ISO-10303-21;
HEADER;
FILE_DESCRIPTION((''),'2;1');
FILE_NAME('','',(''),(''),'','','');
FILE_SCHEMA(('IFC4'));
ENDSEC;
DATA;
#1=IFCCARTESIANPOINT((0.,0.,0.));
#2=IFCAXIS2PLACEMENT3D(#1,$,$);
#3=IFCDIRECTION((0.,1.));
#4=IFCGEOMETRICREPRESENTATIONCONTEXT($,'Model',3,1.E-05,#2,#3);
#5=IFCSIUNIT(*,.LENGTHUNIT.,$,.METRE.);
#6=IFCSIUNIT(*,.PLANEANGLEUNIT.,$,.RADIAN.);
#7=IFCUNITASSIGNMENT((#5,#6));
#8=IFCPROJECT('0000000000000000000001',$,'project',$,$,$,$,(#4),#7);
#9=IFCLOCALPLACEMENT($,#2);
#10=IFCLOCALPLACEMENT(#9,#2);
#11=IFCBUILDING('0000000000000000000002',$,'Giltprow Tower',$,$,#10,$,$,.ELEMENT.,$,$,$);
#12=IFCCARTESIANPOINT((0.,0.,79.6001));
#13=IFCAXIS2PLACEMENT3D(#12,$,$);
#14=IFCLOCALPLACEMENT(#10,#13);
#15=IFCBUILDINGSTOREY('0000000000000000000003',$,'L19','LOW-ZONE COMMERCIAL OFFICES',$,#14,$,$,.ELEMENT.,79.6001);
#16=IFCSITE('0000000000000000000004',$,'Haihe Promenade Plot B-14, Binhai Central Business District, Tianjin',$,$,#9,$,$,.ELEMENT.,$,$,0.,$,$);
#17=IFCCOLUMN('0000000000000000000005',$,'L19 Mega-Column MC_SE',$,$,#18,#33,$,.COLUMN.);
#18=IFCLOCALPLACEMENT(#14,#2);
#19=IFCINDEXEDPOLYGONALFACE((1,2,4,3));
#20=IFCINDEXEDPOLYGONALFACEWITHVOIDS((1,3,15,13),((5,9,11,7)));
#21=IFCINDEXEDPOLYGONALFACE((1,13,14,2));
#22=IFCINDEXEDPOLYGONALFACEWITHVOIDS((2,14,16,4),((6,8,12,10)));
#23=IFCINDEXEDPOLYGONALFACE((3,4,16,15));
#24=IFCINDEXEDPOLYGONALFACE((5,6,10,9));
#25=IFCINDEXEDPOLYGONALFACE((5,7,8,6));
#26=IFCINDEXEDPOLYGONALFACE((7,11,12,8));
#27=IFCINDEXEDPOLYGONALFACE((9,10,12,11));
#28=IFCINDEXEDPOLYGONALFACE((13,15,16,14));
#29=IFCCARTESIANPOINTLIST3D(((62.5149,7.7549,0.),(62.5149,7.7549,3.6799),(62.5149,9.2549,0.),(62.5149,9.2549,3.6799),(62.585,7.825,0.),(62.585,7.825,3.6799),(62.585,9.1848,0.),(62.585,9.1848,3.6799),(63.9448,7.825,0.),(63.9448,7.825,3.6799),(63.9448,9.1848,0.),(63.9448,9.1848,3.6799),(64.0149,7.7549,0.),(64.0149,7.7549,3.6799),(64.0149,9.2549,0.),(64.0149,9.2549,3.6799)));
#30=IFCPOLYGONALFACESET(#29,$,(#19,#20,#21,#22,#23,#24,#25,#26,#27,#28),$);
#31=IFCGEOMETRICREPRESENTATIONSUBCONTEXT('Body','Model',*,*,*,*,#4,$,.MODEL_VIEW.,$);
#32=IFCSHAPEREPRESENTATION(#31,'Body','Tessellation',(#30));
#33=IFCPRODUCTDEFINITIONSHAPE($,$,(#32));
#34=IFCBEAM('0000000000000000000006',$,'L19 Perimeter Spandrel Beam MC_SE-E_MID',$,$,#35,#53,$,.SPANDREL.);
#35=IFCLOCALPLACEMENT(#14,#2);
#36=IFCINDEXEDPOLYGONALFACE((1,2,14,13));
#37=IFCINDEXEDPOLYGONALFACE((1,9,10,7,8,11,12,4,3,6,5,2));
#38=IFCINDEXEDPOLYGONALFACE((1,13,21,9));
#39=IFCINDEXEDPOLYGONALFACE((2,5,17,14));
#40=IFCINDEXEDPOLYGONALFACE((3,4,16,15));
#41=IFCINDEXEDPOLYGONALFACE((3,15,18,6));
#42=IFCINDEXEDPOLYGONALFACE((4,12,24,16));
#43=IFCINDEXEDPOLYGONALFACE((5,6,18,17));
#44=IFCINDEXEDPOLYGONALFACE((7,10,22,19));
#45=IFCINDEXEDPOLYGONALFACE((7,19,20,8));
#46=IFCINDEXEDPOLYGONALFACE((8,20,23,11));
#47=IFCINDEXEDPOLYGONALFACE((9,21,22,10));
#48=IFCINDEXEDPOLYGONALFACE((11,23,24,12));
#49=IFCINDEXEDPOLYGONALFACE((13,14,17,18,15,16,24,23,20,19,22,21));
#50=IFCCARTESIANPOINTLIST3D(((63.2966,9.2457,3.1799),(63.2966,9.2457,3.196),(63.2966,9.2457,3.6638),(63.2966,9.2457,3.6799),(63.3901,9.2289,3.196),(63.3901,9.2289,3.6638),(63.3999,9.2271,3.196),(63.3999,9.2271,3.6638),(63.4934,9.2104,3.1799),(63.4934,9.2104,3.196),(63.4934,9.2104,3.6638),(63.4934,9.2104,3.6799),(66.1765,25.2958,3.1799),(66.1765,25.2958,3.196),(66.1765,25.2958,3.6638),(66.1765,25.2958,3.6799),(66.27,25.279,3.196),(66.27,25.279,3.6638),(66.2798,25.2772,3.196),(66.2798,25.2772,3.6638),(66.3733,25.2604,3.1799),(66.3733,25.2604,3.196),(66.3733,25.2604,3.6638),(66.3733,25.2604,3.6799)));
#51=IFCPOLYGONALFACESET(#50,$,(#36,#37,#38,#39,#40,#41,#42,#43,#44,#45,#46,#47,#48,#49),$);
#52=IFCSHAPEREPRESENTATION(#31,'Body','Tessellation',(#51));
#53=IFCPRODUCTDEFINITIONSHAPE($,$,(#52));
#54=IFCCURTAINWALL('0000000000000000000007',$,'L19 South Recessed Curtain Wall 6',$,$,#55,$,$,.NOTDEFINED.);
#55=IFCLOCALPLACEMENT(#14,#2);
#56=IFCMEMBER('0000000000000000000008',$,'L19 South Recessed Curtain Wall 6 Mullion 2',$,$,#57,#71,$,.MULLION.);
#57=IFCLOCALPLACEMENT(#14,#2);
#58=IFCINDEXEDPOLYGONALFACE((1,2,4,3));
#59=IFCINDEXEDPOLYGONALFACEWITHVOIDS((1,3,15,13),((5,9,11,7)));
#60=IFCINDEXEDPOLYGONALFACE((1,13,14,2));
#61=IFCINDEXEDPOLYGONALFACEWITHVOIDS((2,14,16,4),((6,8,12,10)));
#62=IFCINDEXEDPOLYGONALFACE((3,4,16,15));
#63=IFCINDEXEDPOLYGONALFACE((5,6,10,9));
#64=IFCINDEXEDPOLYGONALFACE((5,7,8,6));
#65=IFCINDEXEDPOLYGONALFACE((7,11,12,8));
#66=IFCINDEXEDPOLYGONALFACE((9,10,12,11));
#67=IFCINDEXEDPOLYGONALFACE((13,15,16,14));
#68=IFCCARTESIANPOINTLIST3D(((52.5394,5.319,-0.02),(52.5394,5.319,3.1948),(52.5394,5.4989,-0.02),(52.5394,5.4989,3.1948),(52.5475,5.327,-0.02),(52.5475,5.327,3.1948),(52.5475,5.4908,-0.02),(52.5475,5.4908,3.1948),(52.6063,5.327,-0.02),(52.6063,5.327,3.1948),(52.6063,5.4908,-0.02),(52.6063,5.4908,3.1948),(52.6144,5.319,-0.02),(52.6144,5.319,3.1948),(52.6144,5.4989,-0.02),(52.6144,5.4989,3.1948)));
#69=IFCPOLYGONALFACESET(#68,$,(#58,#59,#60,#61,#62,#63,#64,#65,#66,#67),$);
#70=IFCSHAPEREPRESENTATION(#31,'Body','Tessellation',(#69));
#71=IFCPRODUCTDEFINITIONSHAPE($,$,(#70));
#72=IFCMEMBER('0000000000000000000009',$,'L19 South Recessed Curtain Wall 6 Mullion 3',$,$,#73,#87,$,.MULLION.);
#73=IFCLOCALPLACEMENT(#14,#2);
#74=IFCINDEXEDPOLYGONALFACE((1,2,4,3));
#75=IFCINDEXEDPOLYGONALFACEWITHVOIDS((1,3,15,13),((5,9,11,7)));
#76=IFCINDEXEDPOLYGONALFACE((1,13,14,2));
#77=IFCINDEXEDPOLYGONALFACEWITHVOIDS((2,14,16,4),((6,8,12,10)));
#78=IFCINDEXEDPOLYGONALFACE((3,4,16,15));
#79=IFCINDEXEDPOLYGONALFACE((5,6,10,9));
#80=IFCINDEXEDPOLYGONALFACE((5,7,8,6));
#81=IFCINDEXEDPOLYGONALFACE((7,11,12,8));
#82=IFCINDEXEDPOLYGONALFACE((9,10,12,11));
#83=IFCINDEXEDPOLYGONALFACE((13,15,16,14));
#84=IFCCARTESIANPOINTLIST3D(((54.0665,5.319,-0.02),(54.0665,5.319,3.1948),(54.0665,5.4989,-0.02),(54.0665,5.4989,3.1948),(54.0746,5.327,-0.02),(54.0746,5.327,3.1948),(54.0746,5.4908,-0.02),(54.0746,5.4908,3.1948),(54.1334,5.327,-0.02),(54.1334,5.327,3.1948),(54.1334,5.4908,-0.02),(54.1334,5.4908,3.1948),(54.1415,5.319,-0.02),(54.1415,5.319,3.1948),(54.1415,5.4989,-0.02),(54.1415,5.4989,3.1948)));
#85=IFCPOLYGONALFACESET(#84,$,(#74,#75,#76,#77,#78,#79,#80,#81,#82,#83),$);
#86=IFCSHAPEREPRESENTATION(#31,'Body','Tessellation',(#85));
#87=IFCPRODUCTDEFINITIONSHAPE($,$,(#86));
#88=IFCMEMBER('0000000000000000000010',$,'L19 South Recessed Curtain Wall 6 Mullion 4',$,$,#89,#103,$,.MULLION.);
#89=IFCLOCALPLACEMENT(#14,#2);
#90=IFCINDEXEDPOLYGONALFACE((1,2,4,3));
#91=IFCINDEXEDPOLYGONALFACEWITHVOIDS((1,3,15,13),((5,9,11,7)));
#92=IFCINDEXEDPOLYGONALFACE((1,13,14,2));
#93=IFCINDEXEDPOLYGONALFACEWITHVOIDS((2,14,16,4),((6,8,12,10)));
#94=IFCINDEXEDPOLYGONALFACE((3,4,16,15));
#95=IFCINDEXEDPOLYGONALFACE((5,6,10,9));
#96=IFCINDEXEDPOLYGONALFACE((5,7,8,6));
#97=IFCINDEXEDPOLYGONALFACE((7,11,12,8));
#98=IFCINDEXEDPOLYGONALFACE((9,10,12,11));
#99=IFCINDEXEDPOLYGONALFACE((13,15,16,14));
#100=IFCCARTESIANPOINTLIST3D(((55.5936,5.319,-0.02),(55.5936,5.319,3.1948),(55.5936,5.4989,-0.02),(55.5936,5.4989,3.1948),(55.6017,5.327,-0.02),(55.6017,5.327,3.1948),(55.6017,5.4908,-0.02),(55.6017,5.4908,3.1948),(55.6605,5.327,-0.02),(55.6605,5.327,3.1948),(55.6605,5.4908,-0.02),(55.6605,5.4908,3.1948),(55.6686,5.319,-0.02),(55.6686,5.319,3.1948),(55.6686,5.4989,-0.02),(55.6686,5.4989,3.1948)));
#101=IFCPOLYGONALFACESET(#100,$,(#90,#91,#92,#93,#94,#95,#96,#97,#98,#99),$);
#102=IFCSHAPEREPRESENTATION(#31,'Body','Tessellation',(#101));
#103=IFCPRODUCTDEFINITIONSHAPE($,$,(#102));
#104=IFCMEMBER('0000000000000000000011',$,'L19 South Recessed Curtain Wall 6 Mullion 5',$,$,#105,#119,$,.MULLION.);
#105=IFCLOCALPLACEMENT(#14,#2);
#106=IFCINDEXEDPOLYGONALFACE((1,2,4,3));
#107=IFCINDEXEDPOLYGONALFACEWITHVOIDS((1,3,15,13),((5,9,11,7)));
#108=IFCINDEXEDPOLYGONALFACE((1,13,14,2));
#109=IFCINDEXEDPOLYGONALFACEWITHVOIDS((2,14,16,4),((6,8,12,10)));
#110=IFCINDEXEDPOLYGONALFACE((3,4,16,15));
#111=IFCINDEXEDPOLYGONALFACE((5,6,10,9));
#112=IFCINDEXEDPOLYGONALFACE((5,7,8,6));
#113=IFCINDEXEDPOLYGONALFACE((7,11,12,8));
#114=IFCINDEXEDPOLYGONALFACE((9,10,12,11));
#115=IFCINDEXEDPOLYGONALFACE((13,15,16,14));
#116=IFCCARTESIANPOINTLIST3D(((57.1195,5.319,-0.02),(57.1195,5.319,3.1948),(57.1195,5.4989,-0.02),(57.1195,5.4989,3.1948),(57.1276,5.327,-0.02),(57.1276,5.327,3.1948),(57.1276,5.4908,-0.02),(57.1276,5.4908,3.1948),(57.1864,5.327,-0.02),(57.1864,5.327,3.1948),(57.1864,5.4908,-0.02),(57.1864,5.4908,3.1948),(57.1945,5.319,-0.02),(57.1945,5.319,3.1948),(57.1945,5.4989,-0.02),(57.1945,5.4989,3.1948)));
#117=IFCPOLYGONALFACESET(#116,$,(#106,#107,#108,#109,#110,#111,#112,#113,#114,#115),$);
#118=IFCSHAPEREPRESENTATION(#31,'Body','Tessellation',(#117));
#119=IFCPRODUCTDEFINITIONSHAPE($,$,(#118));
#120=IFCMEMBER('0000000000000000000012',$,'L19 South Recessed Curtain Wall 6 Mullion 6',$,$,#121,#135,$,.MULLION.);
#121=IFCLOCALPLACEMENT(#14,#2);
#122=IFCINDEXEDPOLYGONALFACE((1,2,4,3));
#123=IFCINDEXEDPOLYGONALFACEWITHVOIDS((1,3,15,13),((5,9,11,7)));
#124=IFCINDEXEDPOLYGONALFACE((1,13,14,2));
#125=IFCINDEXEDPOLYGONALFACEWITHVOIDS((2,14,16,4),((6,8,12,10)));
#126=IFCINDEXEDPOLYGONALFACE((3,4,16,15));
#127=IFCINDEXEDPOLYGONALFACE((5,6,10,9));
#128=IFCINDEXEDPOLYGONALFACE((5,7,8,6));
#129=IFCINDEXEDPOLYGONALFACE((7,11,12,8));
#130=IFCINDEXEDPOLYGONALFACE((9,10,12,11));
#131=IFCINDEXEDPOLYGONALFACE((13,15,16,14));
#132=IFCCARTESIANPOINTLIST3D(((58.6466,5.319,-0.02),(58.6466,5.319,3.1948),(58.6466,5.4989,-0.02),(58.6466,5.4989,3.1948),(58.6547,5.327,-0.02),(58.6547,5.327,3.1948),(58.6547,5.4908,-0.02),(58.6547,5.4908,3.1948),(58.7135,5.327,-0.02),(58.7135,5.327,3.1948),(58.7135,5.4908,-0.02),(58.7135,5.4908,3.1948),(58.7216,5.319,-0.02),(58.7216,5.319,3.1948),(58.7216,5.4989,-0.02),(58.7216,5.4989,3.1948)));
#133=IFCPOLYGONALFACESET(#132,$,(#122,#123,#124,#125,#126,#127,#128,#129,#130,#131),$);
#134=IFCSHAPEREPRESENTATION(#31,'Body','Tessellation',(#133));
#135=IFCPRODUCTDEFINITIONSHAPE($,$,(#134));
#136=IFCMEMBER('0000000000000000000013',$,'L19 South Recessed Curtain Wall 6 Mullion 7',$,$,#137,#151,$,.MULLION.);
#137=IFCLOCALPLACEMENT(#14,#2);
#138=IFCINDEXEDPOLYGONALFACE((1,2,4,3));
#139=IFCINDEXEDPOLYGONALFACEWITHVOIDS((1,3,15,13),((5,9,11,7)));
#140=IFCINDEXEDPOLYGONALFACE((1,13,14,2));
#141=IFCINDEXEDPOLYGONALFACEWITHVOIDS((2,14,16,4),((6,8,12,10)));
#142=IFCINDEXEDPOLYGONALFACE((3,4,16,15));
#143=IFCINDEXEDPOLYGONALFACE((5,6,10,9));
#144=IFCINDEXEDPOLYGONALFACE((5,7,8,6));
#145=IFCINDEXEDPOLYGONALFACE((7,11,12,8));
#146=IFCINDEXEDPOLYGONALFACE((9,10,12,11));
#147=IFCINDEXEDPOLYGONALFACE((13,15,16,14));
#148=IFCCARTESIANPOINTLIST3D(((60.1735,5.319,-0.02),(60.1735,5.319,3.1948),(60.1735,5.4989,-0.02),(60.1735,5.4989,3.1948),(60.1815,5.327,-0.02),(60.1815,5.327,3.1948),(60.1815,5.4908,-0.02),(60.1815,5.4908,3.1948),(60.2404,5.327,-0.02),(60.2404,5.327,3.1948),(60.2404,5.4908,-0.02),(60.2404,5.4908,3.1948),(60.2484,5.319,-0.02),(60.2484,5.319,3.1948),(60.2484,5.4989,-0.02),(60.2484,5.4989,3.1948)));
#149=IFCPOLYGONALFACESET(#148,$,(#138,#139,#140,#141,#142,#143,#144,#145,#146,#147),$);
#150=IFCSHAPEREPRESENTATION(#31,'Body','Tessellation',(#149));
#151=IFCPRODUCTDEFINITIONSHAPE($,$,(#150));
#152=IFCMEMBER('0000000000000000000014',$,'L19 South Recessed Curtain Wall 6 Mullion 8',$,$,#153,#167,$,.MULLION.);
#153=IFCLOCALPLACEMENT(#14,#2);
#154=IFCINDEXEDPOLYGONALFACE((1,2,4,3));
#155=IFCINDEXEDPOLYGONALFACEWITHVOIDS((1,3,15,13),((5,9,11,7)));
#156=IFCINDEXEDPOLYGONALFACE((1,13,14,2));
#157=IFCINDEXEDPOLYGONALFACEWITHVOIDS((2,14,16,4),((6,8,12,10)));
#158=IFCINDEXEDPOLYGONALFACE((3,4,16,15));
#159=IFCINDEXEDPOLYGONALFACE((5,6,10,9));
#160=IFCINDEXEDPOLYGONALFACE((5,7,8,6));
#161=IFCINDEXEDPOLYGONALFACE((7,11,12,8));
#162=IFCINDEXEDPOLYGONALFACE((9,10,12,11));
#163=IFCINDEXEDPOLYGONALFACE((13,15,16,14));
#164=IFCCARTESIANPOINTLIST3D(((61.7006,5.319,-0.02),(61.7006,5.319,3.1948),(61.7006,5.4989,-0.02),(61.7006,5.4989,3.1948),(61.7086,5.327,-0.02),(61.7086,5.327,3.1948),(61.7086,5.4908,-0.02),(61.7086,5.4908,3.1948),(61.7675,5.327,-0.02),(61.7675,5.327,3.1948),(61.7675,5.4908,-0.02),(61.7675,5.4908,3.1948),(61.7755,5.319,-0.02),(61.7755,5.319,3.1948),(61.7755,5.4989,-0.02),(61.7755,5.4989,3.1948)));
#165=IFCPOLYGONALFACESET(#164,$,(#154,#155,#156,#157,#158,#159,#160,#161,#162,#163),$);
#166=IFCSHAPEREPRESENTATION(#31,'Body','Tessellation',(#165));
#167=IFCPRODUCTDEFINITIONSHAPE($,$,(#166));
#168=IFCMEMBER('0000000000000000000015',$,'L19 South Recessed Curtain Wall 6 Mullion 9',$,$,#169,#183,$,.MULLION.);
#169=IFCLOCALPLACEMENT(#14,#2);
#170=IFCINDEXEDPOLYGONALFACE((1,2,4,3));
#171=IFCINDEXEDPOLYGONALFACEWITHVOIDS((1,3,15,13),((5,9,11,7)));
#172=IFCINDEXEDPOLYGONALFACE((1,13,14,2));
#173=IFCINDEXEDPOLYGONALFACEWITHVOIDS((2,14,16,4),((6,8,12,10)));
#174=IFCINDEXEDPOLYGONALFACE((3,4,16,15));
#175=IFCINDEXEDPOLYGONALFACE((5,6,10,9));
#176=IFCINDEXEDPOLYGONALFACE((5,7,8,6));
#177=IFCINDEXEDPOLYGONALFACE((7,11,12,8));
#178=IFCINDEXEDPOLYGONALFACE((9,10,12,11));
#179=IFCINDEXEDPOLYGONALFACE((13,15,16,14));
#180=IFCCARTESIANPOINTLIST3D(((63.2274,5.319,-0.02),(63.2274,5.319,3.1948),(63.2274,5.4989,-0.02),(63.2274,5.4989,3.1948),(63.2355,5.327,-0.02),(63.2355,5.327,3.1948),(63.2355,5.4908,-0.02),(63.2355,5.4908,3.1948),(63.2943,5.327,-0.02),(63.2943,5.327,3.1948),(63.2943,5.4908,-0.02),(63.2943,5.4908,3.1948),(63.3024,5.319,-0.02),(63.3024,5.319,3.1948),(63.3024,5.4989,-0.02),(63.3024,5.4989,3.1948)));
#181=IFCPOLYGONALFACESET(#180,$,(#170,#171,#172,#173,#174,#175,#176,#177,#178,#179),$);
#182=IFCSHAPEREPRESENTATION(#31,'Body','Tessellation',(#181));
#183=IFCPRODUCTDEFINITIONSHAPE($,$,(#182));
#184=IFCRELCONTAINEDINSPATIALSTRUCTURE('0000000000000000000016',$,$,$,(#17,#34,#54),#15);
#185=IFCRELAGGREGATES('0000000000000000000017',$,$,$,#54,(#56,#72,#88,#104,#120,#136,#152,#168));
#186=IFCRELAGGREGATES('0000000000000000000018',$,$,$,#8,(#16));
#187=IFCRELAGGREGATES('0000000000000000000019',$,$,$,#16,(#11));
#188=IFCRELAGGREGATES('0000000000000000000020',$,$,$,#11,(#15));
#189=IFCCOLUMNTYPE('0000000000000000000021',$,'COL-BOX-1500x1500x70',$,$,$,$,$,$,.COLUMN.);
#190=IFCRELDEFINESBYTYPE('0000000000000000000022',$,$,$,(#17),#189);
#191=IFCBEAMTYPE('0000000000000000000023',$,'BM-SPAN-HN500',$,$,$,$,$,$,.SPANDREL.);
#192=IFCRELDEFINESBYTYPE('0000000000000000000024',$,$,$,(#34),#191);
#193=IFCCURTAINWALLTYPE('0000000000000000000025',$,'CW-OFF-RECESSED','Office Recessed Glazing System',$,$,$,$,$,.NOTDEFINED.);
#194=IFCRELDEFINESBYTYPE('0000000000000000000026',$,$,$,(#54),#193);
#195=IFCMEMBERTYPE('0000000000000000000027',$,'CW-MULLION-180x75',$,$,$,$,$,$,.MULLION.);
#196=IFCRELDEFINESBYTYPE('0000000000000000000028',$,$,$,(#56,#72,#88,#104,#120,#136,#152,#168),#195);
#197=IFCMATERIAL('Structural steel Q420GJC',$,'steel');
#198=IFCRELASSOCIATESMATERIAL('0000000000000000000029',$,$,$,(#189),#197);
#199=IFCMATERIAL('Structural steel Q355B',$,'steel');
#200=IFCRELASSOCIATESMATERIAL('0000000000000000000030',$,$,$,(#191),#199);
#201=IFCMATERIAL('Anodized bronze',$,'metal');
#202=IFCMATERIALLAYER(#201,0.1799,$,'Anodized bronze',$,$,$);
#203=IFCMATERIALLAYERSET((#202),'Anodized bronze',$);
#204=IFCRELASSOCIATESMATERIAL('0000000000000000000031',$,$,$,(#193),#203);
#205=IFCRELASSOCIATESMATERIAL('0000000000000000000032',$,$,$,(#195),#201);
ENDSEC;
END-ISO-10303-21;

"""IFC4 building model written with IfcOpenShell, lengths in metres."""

from ifc_helpers import new_model, si_unit, direction, frame, origin, origin_2d, place, context, subcontext, project, spatial, hollow_rectangle, i_section, extrude, source, transform, mapped, material, layer, layer_set, material_profile, profile_set, type_object, element, aggregate, save


model = new_model("IFC4")

# Units and contexts
model_context = context("Model", 3, precision=1e-05, world=origin(), true_north=direction((0.0, 1.0)))
body_context = subcontext(model_context, "Body", "Model", "MODEL_VIEW")
ifc_project = project(units=[si_unit("LENGTHUNIT", "METRE"), si_unit("PLANEANGLEUNIT", "RADIAN")], contexts=[model_context])

# Site, building, storey
site_placement = place(None, origin())
site = spatial("IfcSite", under=ifc_project, at=site_placement, Name="Haihe Promenade Plot B-14, Binhai Central Business District, Tianjin", CompositionType="ELEMENT", RefElevation=0.0)
building_placement = place(site_placement, origin())
building = spatial("IfcBuilding", under=site, at=building_placement, Name="Giltprow Tower", CompositionType="ELEMENT")
storey_placement = place(building_placement, frame((0.0, 0.0, 79.6001)))
storey = spatial("IfcBuildingStorey", under=building, at=storey_placement, Name="L19", Description="LOW-ZONE COMMERCIAL OFFICES", CompositionType="ELEMENT", Elevation=79.6001)

# Column
ifc_material_1 = material(Name="Structural steel Q420GJC", Category="steel")
ifc_material_profile_1 = material_profile(ifc_material_1, hollow_rectangle(XDim=1.5, YDim=1.5, WallThickness=0.0701, at=origin_2d()), Name="BOX 1500x1500x70")
ifc_profile_set_1 = profile_set([ifc_material_profile_1], Name="Structural steel Q420GJC")
column_type = type_object("IfcColumnType", Name="COL-BOX-1500x1500x70", PredefinedType="COLUMN", material=ifc_profile_set_1)
shared_shape_1 = source(origin(), body_context, "Body", "SweptSolid", [
    extrude(hollow_rectangle(XDim=1.5, YDim=1.5, WallThickness=0.0701, at=origin_2d()), origin(), (0.0, 0.0, 1.0), 3.6799),
])
column_placement = place(storey_placement, frame((63.2649, 8.5049, 0.0), z_axis=(0.0, 0.0, 1.0), x_axis=(1.0, 0.0, 0.0)))
element("IfcColumn", 1, at=column_placement, inside=storey, type_object=column_type, Name="L19 Mega-Column MC_SE", PredefinedType="COLUMN", context=body_context, shape_type="MappedRepresentation", body=[
    mapped(shared_shape_1, transform((0.0, 0.0, 0.0), x_axis=(1.0, 0.0, 0.0), y_axis=(0.0, 1.0, 0.0), z_axis=(0.0, 0.0, 1.0), scale=1.0)),
])

# Beam
ifc_material_2 = material(Name="Structural steel Q355B", Category="steel")
ifc_material_profile_2 = material_profile(ifc_material_2, i_section(OverallWidth=0.2, OverallDepth=0.5, WebThickness=0.01, FlangeThickness=0.0161, at=origin_2d()), Name="HN 500x200x10x16")
ifc_profile_set_2 = profile_set([ifc_material_profile_2], Name="Structural steel Q355B")
beam_type = type_object("IfcBeamType", Name="BM-SPAN-HN500", PredefinedType="SPANDREL", material=ifc_profile_set_2)
shared_shape_2 = source(origin(), body_context, "Body", "SweptSolid", [
    extrude(i_section(OverallWidth=0.2, OverallDepth=0.5, WebThickness=0.01, FlangeThickness=0.0161, at=origin_2d()), origin(), (0.0, 0.0, 1.0), 16.3064),
])
beam_placement = place(storey_placement, frame((63.395, 9.228, 3.4299), z_axis=(0.176611, 0.984281, 0.0), x_axis=(-0.984281, 0.176611, 0.0)))
element("IfcBeam", 2, at=beam_placement, inside=storey, type_object=beam_type, Name="L19 Perimeter Spandrel Beam MC_SE-E_MID", PredefinedType="SPANDREL", context=body_context, shape_type="MappedRepresentation", body=[
    mapped(shared_shape_2, transform((0.0, 0.0, 0.0), x_axis=(1.0, 0.0, 0.0), y_axis=(0.0, 1.0, 0.0), z_axis=(0.0, 0.0, 1.0), scale=1.0)),
])

# Curtain wall, members
ifc_material_3 = material(Name="Anodized bronze", Category="metal")
ifc_layer_1 = layer(ifc_material_3, 0.1799, Name="Anodized bronze")
ifc_layer_set_1 = layer_set([ifc_layer_1], Name="Anodized bronze")
curtain_wall_type = type_object("IfcCurtainWallType", Name="CW-OFF-RECESSED", Description="Office Recessed Glazing System", PredefinedType="NOTDEFINED", material=ifc_layer_set_1)
curtain_wall_placement = place(storey_placement, origin())
curtain_wall = element("IfcCurtainWall", 3, at=curtain_wall_placement, inside=storey, type_object=curtain_wall_type, Name="L19 South Recessed Curtain Wall 6", PredefinedType="NOTDEFINED")
ifc_material_profile_3 = material_profile(ifc_material_3, hollow_rectangle(XDim=0.075, YDim=0.1799, WallThickness=0.0081, at=origin_2d()), Name="RHS 180x75x8")
ifc_profile_set_3 = profile_set([ifc_material_profile_3], Name="Anodized bronze")
member_type = type_object("IfcMemberType", Name="CW-MULLION-180x75", PredefinedType="MULLION", material=ifc_profile_set_3)
shared_shape_3 = source(origin(), body_context, "Body", "SweptSolid", [
    extrude(hollow_rectangle(XDim=0.075, YDim=0.1799, WallThickness=0.0081, at=origin_2d()), origin(), (0.0, 0.0, 1.0), 3.2148),
])
member_1_placement = place(storey_placement, frame((52.5769, 5.4089, -0.02), z_axis=(0.0, 0.0, 1.0), x_axis=(1.0, 0.0, 0.0)))
member_1 = element("IfcMember", 4, at=member_1_placement, type_object=member_type, Name="L19 South Recessed Curtain Wall 6 Mullion 2", PredefinedType="MULLION", context=body_context, shape_type="MappedRepresentation", body=[
    mapped(shared_shape_3, transform((0.0, 0.0, 0.0), x_axis=(1.0, 0.0, 0.0), y_axis=(0.0, 1.0, 0.0), z_axis=(0.0, 0.0, 1.0), scale=1.0)),
])
member_2_placement = place(storey_placement, frame((54.104, 5.4089, -0.02), z_axis=(0.0, 0.0, 1.0), x_axis=(1.0, 0.0, 0.0)))
member_2 = element("IfcMember", 5, at=member_2_placement, type_object=member_type, Name="L19 South Recessed Curtain Wall 6 Mullion 3", PredefinedType="MULLION", context=body_context, shape_type="MappedRepresentation", body=[
    mapped(shared_shape_3, transform((0.0, 0.0, 0.0), x_axis=(1.0, 0.0, 0.0), y_axis=(0.0, 1.0, 0.0), z_axis=(0.0, 0.0, 1.0), scale=1.0)),
])
member_3_placement = place(storey_placement, frame((55.6311, 5.4089, -0.02), z_axis=(0.0, 0.0, 1.0), x_axis=(1.0, 0.0, 0.0)))
member_3 = element("IfcMember", 6, at=member_3_placement, type_object=member_type, Name="L19 South Recessed Curtain Wall 6 Mullion 4", PredefinedType="MULLION", context=body_context, shape_type="MappedRepresentation", body=[
    mapped(shared_shape_3, transform((0.0, 0.0, 0.0), x_axis=(1.0, 0.0, 0.0), y_axis=(0.0, 1.0, 0.0), z_axis=(0.0, 0.0, 1.0), scale=1.0)),
])
member_4_placement = place(storey_placement, frame((57.157, 5.4089, -0.02), z_axis=(0.0, 0.0, 1.0), x_axis=(1.0, 0.0, 0.0)))
member_4 = element("IfcMember", 7, at=member_4_placement, type_object=member_type, Name="L19 South Recessed Curtain Wall 6 Mullion 5", PredefinedType="MULLION", context=body_context, shape_type="MappedRepresentation", body=[
    mapped(shared_shape_3, transform((0.0, 0.0, 0.0), x_axis=(1.0, 0.0, 0.0), y_axis=(0.0, 1.0, 0.0), z_axis=(0.0, 0.0, 1.0), scale=1.0)),
])
member_5_placement = place(storey_placement, frame((58.6841, 5.4089, -0.02), z_axis=(0.0, 0.0, 1.0), x_axis=(1.0, 0.0, 0.0)))
member_5 = element("IfcMember", 8, at=member_5_placement, type_object=member_type, Name="L19 South Recessed Curtain Wall 6 Mullion 6", PredefinedType="MULLION", context=body_context, shape_type="MappedRepresentation", body=[
    mapped(shared_shape_3, transform((0.0, 0.0, 0.0), x_axis=(1.0, 0.0, 0.0), y_axis=(0.0, 1.0, 0.0), z_axis=(0.0, 0.0, 1.0), scale=1.0)),
])
member_6_placement = place(storey_placement, frame((60.2109, 5.4089, -0.02), z_axis=(0.0, 0.0, 1.0), x_axis=(1.0, 0.0, 0.0)))
member_6 = element("IfcMember", 9, at=member_6_placement, type_object=member_type, Name="L19 South Recessed Curtain Wall 6 Mullion 7", PredefinedType="MULLION", context=body_context, shape_type="MappedRepresentation", body=[
    mapped(shared_shape_3, transform((0.0, 0.0, 0.0), x_axis=(1.0, 0.0, 0.0), y_axis=(0.0, 1.0, 0.0), z_axis=(0.0, 0.0, 1.0), scale=1.0)),
])
member_7_placement = place(storey_placement, frame((61.738, 5.4089, -0.02), z_axis=(0.0, 0.0, 1.0), x_axis=(1.0, 0.0, 0.0)))
member_7 = element("IfcMember", 10, at=member_7_placement, type_object=member_type, Name="L19 South Recessed Curtain Wall 6 Mullion 8", PredefinedType="MULLION", context=body_context, shape_type="MappedRepresentation", body=[
    mapped(shared_shape_3, transform((0.0, 0.0, 0.0), x_axis=(1.0, 0.0, 0.0), y_axis=(0.0, 1.0, 0.0), z_axis=(0.0, 0.0, 1.0), scale=1.0)),
])
member_8_placement = place(storey_placement, frame((63.2649, 5.4089, -0.02), z_axis=(0.0, 0.0, 1.0), x_axis=(1.0, 0.0, 0.0)))
member_8 = element("IfcMember", 11, at=member_8_placement, type_object=member_type, Name="L19 South Recessed Curtain Wall 6 Mullion 9", PredefinedType="MULLION", context=body_context, shape_type="MappedRepresentation", body=[
    mapped(shared_shape_3, transform((0.0, 0.0, 0.0), x_axis=(1.0, 0.0, 0.0), y_axis=(0.0, 1.0, 0.0), z_axis=(0.0, 0.0, 1.0), scale=1.0)),
])
aggregate(curtain_wall, [member_1, member_2, member_3, member_4, member_5, member_6, member_7, member_8])

save(model, "model.ifc")
